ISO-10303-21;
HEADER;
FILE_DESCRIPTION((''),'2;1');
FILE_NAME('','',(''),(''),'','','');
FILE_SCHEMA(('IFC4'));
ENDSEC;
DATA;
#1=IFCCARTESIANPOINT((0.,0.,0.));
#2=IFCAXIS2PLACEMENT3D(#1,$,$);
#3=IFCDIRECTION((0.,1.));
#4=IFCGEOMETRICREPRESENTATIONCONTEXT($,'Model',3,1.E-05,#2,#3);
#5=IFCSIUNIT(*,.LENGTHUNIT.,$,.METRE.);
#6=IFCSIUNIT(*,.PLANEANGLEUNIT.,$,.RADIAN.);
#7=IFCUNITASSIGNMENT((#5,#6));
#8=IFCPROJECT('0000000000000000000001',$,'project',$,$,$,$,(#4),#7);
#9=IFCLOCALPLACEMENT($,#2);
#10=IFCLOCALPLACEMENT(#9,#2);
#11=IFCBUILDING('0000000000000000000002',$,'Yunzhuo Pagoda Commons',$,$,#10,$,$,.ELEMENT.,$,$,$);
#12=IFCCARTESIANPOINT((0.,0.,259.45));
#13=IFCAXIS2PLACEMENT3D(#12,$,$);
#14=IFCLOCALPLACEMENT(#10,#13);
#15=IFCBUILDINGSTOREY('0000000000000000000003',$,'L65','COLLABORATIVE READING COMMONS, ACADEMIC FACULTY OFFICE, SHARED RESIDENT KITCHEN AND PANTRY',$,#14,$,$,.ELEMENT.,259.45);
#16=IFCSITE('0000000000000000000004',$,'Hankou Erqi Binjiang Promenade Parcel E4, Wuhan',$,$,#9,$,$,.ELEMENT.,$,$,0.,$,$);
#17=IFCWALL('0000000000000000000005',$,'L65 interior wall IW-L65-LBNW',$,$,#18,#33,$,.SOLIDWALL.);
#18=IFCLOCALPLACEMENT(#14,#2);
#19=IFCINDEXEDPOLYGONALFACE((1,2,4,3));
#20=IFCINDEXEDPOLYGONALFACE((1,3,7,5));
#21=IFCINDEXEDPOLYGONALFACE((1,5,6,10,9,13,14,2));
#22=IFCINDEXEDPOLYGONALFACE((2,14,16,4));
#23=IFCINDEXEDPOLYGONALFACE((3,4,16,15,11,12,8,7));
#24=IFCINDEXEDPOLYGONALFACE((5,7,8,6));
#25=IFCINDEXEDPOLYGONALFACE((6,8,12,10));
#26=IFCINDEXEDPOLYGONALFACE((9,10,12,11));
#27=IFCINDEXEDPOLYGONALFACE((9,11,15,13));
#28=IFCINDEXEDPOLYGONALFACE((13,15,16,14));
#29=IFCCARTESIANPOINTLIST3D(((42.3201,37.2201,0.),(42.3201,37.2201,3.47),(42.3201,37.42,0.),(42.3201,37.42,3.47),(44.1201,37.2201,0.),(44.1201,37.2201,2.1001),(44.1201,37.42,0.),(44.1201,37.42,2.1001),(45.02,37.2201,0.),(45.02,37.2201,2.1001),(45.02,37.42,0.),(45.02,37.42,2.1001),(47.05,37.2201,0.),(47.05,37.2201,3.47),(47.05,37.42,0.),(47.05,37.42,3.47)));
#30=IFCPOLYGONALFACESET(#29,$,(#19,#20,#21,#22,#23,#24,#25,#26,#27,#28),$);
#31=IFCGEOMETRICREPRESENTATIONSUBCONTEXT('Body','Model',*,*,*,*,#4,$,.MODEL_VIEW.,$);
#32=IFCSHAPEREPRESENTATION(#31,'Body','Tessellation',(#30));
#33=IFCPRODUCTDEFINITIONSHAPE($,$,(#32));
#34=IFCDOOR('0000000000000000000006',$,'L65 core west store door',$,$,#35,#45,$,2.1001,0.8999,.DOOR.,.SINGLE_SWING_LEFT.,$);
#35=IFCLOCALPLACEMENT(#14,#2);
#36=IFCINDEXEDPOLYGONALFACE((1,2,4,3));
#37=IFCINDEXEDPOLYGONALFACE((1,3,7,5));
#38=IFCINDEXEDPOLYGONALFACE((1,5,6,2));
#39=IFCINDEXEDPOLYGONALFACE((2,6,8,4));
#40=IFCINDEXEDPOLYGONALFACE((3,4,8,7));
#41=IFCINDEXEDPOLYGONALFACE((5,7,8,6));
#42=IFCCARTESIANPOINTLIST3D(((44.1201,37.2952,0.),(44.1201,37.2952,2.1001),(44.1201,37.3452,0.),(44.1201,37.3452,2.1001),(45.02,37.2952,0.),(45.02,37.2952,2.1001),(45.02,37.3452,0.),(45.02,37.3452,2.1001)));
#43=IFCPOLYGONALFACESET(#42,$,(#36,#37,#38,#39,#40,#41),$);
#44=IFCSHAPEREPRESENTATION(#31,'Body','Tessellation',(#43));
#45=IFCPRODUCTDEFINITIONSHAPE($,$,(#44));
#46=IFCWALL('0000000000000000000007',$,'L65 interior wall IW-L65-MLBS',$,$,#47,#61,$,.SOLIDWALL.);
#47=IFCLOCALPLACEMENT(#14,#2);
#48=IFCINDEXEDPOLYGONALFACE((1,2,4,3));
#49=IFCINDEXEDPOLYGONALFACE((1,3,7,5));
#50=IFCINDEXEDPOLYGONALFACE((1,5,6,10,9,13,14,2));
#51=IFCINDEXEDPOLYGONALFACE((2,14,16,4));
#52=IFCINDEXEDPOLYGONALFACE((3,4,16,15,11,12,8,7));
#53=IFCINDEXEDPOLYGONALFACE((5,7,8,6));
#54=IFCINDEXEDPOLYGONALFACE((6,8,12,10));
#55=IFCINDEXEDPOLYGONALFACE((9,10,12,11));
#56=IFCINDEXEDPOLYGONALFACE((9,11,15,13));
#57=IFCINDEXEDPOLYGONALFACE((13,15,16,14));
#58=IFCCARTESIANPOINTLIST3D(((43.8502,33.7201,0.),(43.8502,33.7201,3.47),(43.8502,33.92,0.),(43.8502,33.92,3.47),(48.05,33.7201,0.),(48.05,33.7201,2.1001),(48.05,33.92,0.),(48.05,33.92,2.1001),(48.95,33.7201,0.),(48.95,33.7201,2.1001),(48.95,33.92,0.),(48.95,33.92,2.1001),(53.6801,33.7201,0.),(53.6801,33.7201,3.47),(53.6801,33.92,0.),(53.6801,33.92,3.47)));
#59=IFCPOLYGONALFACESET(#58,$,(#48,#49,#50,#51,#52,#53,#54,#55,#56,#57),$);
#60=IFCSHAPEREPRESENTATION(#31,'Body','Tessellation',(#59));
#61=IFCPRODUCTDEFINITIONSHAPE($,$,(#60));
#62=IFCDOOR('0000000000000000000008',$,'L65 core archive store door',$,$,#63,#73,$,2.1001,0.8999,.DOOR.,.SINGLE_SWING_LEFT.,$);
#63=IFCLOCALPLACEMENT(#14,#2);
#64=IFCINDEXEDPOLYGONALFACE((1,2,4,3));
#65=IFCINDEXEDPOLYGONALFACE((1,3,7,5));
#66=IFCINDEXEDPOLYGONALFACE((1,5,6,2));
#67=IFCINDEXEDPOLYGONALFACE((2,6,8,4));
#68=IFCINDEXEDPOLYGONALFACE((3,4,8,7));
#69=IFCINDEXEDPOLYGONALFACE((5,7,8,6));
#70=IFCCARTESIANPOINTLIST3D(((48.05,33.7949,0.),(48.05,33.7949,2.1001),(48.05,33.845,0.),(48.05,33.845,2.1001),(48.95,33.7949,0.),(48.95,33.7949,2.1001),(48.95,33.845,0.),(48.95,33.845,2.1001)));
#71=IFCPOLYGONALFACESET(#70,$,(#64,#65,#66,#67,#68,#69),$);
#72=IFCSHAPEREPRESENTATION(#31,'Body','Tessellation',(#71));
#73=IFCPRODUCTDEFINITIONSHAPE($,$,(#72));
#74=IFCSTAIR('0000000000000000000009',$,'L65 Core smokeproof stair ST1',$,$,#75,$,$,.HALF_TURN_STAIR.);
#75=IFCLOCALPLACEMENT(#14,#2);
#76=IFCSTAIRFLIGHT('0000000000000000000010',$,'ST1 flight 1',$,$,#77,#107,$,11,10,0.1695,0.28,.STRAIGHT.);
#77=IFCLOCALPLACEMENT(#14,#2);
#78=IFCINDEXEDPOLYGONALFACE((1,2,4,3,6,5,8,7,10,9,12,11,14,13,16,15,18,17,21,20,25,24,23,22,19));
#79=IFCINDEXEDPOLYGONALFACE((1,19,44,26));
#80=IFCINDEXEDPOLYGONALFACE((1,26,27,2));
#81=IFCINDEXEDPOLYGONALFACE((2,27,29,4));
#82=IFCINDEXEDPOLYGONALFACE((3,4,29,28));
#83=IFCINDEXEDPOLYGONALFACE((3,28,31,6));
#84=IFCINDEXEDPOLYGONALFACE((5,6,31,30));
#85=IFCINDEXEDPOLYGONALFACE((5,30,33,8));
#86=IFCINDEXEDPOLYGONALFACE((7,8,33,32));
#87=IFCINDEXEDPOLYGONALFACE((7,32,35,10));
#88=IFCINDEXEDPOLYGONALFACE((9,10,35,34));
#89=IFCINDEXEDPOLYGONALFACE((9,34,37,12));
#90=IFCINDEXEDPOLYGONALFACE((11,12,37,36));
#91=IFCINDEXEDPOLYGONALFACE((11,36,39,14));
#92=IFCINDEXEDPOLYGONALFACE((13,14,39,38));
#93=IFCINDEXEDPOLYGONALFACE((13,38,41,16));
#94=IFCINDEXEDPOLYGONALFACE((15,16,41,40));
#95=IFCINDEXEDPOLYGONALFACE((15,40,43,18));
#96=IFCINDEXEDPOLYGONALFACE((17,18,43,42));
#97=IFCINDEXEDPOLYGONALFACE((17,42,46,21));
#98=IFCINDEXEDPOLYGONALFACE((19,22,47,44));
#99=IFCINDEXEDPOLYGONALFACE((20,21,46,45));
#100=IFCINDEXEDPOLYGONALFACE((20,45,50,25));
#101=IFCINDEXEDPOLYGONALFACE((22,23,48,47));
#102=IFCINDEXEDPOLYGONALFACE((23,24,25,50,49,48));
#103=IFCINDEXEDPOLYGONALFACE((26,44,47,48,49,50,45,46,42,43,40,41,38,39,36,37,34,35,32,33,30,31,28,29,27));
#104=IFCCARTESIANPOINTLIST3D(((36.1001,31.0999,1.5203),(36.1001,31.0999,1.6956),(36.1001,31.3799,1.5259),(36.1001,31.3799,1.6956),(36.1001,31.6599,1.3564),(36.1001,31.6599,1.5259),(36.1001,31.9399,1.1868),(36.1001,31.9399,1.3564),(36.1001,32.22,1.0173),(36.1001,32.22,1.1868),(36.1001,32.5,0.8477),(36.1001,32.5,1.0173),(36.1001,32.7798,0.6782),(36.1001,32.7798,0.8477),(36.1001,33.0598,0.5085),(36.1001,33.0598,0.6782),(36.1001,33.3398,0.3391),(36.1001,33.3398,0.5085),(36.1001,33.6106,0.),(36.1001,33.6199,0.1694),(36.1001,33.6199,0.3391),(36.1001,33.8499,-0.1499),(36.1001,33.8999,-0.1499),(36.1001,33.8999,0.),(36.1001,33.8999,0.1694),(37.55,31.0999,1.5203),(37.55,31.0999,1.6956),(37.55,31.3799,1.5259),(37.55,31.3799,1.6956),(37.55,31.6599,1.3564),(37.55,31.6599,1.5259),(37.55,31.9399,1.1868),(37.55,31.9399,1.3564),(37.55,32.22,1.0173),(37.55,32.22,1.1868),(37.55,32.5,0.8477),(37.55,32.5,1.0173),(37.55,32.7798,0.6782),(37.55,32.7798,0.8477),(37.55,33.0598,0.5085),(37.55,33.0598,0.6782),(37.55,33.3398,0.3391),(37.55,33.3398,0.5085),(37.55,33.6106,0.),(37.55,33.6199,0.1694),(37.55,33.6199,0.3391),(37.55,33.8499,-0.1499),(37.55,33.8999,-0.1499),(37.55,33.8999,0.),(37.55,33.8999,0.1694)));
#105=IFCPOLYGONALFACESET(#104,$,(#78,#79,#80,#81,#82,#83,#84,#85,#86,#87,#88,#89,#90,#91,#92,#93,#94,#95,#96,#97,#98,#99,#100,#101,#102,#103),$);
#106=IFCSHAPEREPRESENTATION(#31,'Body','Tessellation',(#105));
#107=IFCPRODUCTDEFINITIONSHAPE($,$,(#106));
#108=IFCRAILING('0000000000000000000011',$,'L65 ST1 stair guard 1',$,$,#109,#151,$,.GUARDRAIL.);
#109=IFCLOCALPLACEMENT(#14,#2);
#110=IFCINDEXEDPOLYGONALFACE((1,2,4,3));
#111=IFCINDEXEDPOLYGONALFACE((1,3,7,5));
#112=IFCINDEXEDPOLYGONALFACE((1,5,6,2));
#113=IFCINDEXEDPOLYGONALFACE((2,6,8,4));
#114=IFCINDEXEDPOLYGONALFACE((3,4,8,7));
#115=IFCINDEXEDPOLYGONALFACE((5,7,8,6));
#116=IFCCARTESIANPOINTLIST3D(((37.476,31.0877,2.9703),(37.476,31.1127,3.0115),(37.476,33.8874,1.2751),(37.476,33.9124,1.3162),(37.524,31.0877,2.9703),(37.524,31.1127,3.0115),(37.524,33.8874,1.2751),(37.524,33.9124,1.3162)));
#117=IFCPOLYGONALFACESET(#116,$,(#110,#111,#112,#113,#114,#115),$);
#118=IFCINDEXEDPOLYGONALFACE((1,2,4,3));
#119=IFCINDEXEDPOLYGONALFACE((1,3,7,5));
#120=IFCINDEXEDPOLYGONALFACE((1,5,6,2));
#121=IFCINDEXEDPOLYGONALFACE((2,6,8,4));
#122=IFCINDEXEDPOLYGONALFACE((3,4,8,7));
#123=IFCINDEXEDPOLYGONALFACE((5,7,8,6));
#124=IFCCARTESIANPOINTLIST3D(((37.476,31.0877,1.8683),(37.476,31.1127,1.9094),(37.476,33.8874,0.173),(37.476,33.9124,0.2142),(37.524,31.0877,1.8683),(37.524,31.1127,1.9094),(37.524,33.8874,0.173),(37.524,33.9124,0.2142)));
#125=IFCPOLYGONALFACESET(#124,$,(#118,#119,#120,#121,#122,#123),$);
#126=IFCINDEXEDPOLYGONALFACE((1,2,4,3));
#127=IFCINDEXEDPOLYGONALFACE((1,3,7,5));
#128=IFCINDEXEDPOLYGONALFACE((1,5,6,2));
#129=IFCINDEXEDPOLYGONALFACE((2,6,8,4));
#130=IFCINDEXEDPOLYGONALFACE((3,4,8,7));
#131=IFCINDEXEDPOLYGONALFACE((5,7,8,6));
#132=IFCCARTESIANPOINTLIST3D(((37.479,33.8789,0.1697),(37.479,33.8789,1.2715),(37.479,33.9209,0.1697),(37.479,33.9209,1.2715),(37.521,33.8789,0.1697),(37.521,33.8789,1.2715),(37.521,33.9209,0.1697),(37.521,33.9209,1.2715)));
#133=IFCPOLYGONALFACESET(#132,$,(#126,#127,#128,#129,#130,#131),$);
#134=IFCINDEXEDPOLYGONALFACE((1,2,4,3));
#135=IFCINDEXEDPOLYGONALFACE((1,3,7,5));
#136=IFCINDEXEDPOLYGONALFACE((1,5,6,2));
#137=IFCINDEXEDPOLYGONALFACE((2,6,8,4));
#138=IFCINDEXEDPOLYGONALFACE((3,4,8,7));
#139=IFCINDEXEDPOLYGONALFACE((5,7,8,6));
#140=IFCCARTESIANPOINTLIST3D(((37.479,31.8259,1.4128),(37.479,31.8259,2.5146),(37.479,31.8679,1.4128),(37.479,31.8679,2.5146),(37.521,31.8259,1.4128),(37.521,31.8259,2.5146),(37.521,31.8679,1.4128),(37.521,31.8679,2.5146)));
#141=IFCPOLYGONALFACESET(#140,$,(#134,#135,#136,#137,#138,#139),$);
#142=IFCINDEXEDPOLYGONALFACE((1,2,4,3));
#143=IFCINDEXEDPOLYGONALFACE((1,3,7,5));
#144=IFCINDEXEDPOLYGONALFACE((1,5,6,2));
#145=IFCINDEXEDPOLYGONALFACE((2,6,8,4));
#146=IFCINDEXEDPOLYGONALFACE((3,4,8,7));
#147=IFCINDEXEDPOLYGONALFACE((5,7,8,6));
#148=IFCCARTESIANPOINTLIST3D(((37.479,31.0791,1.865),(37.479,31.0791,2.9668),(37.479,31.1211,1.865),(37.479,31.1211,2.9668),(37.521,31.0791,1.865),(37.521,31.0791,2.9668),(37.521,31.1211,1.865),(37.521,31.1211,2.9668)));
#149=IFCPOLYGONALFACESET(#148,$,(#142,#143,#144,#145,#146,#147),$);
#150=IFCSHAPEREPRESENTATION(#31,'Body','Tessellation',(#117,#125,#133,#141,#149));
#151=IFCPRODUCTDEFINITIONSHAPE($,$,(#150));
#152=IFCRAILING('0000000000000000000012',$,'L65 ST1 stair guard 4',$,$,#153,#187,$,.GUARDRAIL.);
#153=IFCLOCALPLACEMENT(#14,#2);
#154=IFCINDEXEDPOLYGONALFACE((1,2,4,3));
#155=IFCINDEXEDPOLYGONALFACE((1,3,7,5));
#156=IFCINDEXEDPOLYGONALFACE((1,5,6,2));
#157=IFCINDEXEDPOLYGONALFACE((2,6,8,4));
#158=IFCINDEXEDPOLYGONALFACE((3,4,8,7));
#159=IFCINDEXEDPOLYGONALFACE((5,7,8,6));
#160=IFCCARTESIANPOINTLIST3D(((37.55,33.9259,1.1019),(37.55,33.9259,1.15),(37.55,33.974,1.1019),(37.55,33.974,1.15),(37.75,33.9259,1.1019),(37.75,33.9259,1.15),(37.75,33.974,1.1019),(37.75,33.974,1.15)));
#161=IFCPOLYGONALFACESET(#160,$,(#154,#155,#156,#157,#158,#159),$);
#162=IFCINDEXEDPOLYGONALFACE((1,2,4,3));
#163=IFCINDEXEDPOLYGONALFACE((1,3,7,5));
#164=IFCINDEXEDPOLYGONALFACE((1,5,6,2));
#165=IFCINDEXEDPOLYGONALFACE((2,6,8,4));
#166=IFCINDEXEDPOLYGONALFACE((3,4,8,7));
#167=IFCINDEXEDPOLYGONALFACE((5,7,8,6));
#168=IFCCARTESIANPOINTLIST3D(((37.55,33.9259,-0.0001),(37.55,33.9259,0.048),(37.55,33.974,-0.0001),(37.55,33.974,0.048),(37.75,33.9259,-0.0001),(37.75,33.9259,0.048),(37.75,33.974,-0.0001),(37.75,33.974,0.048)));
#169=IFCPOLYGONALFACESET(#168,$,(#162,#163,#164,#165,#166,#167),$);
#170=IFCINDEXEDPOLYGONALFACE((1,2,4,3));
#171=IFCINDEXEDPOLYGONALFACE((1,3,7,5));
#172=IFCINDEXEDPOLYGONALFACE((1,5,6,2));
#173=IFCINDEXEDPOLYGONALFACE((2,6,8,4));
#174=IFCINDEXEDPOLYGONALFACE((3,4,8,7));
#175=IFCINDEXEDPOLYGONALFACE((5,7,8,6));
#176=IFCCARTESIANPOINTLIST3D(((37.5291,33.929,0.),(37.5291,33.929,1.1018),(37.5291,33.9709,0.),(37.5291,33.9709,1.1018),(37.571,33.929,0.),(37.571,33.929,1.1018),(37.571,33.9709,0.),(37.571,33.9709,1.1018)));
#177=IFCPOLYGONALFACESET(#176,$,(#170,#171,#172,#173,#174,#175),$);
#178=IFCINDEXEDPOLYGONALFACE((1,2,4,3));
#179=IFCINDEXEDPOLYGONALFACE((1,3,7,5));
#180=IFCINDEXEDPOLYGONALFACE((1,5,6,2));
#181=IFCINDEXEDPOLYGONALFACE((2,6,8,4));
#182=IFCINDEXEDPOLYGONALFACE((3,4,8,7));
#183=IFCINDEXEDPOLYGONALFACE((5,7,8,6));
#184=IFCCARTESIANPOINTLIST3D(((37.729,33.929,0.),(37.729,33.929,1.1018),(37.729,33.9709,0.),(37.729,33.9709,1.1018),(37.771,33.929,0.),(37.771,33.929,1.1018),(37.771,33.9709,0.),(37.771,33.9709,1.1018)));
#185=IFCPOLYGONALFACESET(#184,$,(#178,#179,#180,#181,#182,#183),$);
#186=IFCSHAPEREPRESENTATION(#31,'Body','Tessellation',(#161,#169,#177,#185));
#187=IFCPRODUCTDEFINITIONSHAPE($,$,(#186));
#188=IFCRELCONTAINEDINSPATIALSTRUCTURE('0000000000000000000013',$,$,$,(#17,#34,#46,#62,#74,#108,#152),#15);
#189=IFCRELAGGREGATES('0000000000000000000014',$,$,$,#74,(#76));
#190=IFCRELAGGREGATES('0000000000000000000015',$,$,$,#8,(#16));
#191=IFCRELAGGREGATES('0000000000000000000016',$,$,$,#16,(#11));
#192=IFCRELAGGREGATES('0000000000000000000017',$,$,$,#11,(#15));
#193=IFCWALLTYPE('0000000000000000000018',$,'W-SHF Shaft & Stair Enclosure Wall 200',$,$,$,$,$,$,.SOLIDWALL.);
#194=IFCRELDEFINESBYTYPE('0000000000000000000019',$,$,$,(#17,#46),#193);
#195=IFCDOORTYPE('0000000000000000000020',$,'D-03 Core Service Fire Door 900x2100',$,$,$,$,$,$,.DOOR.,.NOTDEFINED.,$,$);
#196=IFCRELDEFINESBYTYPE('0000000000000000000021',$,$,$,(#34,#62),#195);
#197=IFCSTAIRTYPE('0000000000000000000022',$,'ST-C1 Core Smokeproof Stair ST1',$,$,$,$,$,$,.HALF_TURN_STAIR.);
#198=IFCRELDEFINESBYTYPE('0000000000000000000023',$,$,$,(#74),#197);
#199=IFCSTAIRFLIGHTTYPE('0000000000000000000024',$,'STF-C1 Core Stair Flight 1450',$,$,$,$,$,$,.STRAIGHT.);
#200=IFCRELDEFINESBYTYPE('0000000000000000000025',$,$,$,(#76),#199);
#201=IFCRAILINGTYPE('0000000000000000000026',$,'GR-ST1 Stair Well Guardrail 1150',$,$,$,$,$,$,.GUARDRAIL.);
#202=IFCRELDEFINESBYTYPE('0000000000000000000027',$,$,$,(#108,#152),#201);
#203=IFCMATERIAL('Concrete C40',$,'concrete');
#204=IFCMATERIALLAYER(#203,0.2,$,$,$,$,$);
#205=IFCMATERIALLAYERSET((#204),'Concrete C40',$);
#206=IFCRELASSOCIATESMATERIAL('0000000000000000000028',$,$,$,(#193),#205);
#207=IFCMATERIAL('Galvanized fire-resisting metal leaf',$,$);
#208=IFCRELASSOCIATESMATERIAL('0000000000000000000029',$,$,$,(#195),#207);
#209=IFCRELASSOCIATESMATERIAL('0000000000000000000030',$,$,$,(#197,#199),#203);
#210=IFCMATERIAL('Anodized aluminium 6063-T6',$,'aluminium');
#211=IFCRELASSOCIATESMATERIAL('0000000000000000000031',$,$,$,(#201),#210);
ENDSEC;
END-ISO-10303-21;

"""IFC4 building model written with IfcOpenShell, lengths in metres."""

from ifc_helpers import new_model, si_unit, direction, frame, frame_2d, origin, origin_with_axes, origin_2d, place, context, subcontext, project, spatial, polyline, rectangle, outline, extrude, source, transform, mapped, material, layer, layer_set, type_object, element, fill, aggregate, save


model = new_model("IFC4")

# Units and contexts
model_context = context("Model", 3, precision=1e-05, world=origin(), true_north=direction((0.0, 1.0)))
body_context = subcontext(model_context, "Body", "Model", "MODEL_VIEW")
ifc_project = project(units=[si_unit("LENGTHUNIT", "METRE"), si_unit("PLANEANGLEUNIT", "RADIAN")], contexts=[model_context])

# Site, building, storey
site_placement = place(None, origin())
site = spatial("IfcSite", under=ifc_project, at=site_placement, Name="Hankou Erqi Binjiang Promenade Parcel E4, Wuhan", CompositionType="ELEMENT", RefElevation=0.0)
building_placement = place(site_placement, origin())
building = spatial("IfcBuilding", under=site, at=building_placement, Name="Yunzhuo Pagoda Commons", CompositionType="ELEMENT")
storey_placement = place(building_placement, frame((0.0, 0.0, 259.45)))
storey = spatial("IfcBuildingStorey", under=building, at=storey_placement, Name="L65", Description="COLLABORATIVE READING COMMONS, ACADEMIC FACULTY OFFICE, SHARED RESIDENT KITCHEN AND PANTRY", CompositionType="ELEMENT", Elevation=259.45)

# Shared definitions
ifc_material_1 = material(Name="Galvanized fire-resisting metal leaf")

# Shared definitions
ifc_material_2 = material(Name="Concrete C40", Category="concrete")
ifc_layer_1 = layer(ifc_material_2, 0.2)
ifc_layer_set_1 = layer_set([ifc_layer_1], Name="Concrete C40")
wall_type_1 = type_object("IfcWallType", Name="W-SHF Shaft & Stair Enclosure Wall 200", PredefinedType="SOLIDWALL", material=ifc_layer_set_1)

# Walls, openings, doors
wall_1_placement = place(storey_placement, frame((42.3201, 37.3201, 0.0), z_axis=(0.0, 0.0, 1.0), x_axis=(1.0, 0.0, 0.0)))
wall_1 = element("IfcWall", 1, at=wall_1_placement, inside=storey, type_object=wall_type_1, Name="L65 interior wall IW-L65-LBNW", PredefinedType="SOLIDWALL", context=body_context, shape_type="SweptSolid", body=[
    extrude(rectangle(XDim=4.73, YDim=0.2, at=frame_2d((2.365, 0.0))), origin(), (0.0, 0.0, 1.0), 3.47),
])
opening_1_placement = place(wall_1_placement, frame((1.8, 0.0, 0.0)))
opening_1 = element("IfcOpeningElement", 2, at=opening_1_placement, cuts=wall_1, PredefinedType="OPENING", context=body_context, shape_type="SweptSolid", body=[
    extrude(rectangle(XDim=0.8999, YDim=2.1001, at=frame_2d((0.45, 1.05))), frame((0.0, 0.1099, 0.0), z_axis=(0.0, -1.0, 0.0), x_axis=(1.0, 0.0, 0.0)), (0.0, 0.0, 1.0), 0.22),
])
door_type_1 = type_object("IfcDoorType", Name="D-03 Core Service Fire Door 900x2100", OperationType="NOTDEFINED", PredefinedType="DOOR", material=ifc_material_1)
shared_shape_1 = source(origin(), body_context, "Body", "SweptSolid", [
    extrude(rectangle(XDim=0.8999, YDim=2.1001, at=frame_2d((0.45, 1.05))), frame((0.0, 0.0249, 0.0), z_axis=(0.0, -1.0, 0.0), x_axis=(1.0, 0.0, 0.0)), (0.0, 0.0, 1.0), 0.05),
])
door_1_placement = place(opening_1_placement, frame((0.8999, 0.0, 0.0), z_axis=(0.0, 0.0, 1.0), x_axis=(-1.0, 0.0, 0.0)))
door_1 = element("IfcDoor", 3, at=door_1_placement, inside=storey, type_object=door_type_1, Name="L65 core west store door", OperationType="SINGLE_SWING_LEFT", OverallHeight=2.1001, OverallWidth=0.8999, PredefinedType="DOOR", context=body_context, shape_type="MappedRepresentation", body=[
    mapped(shared_shape_1, transform((0.0, 0.0, 0.0), scale=1.0)),
])
fill(opening_1, door_1)
wall_2_placement = place(storey_placement, frame((43.8501, 33.8201, 0.0), z_axis=(0.0, 0.0, 1.0), x_axis=(1.0, 0.0, 0.0)))
wall_2 = element("IfcWall", 4, at=wall_2_placement, inside=storey, type_object=wall_type_1, Name="L65 interior wall IW-L65-MLBS", PredefinedType="SOLIDWALL", context=body_context, shape_type="SweptSolid", body=[
    extrude(rectangle(XDim=9.8298, YDim=0.2, at=frame_2d((4.915, 0.0))), origin(), (0.0, 0.0, 1.0), 3.47),
])
opening_2_placement = place(wall_2_placement, frame((4.2, 0.0, 0.0)))
opening_2 = element("IfcOpeningElement", 5, at=opening_2_placement, cuts=wall_2, PredefinedType="OPENING", context=body_context, shape_type="SweptSolid", body=[
    extrude(rectangle(XDim=0.8999, YDim=2.1001, at=frame_2d((0.45, 1.05))), frame((0.0, 0.1099, 0.0), z_axis=(0.0, -1.0, 0.0), x_axis=(1.0, 0.0, 0.0)), (0.0, 0.0, 1.0), 0.22),
])
door_2_placement = place(opening_2_placement, origin_with_axes())
door_2 = element("IfcDoor", 6, at=door_2_placement, inside=storey, type_object=door_type_1, Name="L65 core archive store door", OperationType="SINGLE_SWING_LEFT", OverallHeight=2.1001, OverallWidth=0.8999, PredefinedType="DOOR", context=body_context, shape_type="MappedRepresentation", body=[
    mapped(shared_shape_1, transform((0.0, 0.0, 0.0), scale=1.0)),
])
fill(opening_2, door_2)

# Stair, stair flight
stair_type = type_object("IfcStairType", Name="ST-C1 Core Smokeproof Stair ST1", PredefinedType="HALF_TURN_STAIR", material=ifc_material_2)
stair_placement = place(storey_placement, origin())
stair = element("IfcStair", 7, at=stair_placement, inside=storey, type_object=stair_type, Name="L65 Core smokeproof stair ST1", PredefinedType="HALF_TURN_STAIR")
stair_flight_type = type_object("IfcStairFlightType", Name="STF-C1 Core Stair Flight 1450", PredefinedType="STRAIGHT", material=ifc_material_2)
shared_shape_2 = source(origin(), body_context, "Body", "SweptSolid", [
    extrude(outline(polyline([(0.0, -0.1499), (0.0, 0.0), (0.0, 0.1694), (0.28, 0.1694), (0.28, 0.3391), (0.5601, 0.3391), (0.5601, 0.5085), (0.8401, 0.5085), (0.8401, 0.6782), (1.1201, 0.6782), (1.1201, 0.8477), (1.3999, 0.8477), (1.3999, 1.0173), (1.6799, 1.0173), (1.6799, 1.1868), (1.96, 1.1868), (1.96, 1.3564), (2.24, 1.3564), (2.24, 1.5259), (2.52, 1.5259), (2.52, 1.6956), (2.8, 1.6956), (2.8, 1.865), (2.8, 1.5203), (0.2893, 0.0), (0.05, -0.1499), (0.0, -0.1499)])), frame((0.0, 0.7251, 0.0), z_axis=(0.0, -1.0, 0.0), x_axis=(1.0, 0.0, 0.0)), (0.0, 0.0, 1.0), 1.45),
])
stair_flight_placement = place(storey_placement, frame((36.825, 33.8999, 0.0), z_axis=(0.0, 0.0, 1.0), x_axis=(0.0, -1.0, 0.0)))
stair_flight = element("IfcStairFlight", 8, at=stair_flight_placement, type_object=stair_flight_type, Name="ST1 flight 1", NumberOfRisers=11, NumberOfTreads=10, PredefinedType="STRAIGHT", RiserHeight=0.1695, TreadLength=0.28, context=body_context, shape_type="MappedRepresentation", body=[
    mapped(shared_shape_2, transform((0.0, 0.0, 0.0), scale=1.0)),
])
aggregate(stair, [stair_flight])

# Railings
ifc_material_3 = material(Name="Anodized aluminium 6063-T6", Category="aluminium")
railing_type_1 = type_object("IfcRailingType", Name="GR-ST1 Stair Well Guardrail 1150", PredefinedType="GUARDRAIL", material=ifc_material_3)
railing_1_placement = place(storey_placement, frame((37.5, 33.8999, 0.1697)))
element("IfcRailing", 9, at=railing_1_placement, inside=storey, type_object=railing_type_1, Name="L65 ST1 stair guard 1", PredefinedType="GUARDRAIL", context=body_context, shape_type="SweptSolid", body=[
    extrude(rectangle(XDim=0.0481, YDim=0.0481, at=origin_2d()), frame((0.0, 0.0, 1.126), z_axis=(0.0, -0.855406, 0.517958), x_axis=(1.0, 0.0, 0.0)), (0.0, 0.0, 1.0), 3.2729),
    extrude(rectangle(XDim=0.0481, YDim=0.0481, at=origin_2d()), frame((0.0, 0.0, 0.0239), z_axis=(0.0, -0.855406, 0.517958), x_axis=(1.0, 0.0, 0.0)), (0.0, 0.0, 1.0), 3.2729),
    extrude(rectangle(XDim=0.042, YDim=0.042, at=origin_2d()), origin(), (0.0, 0.0, 1.0), 1.1018),
    extrude(rectangle(XDim=0.042, YDim=0.042, at=origin_2d()), frame((0.0, -2.053, 1.2432)), (0.0, 0.0, 1.0), 1.1018),
    extrude(rectangle(XDim=0.042, YDim=0.042, at=origin_2d()), frame((0.0, -2.7998, 1.6953)), (0.0, 0.0, 1.0), 1.1018),
])
railing_2_placement = place(storey_placement, frame((37.55, 33.95, 0.0)))
element("IfcRailing", 10, at=railing_2_placement, inside=storey, type_object=railing_type_1, Name="L65 ST1 stair guard 4", PredefinedType="GUARDRAIL", context=body_context, shape_type="SweptSolid", body=[
    extrude(rectangle(XDim=0.0481, YDim=0.0481, at=origin_2d()), frame((0.0, 0.0, 1.126), z_axis=(1.0, 0.0, 0.0), x_axis=(0.0, 1.0, 0.0)), (0.0, 0.0, 1.0), 0.2),
    extrude(rectangle(XDim=0.0481, YDim=0.0481, at=origin_2d()), frame((0.0, 0.0, 0.0239), z_axis=(1.0, 0.0, 0.0), x_axis=(0.0, 1.0, 0.0)), (0.0, 0.0, 1.0), 0.2),
    extrude(rectangle(XDim=0.042, YDim=0.042, at=origin_2d()), origin(), (0.0, 0.0, 1.0), 1.1018),
    extrude(rectangle(XDim=0.042, YDim=0.042, at=origin_2d()), frame((0.2, 0.0, 0.0)), (0.0, 0.0, 1.0), 1.1018),
])

save(model, "model.ifc")
